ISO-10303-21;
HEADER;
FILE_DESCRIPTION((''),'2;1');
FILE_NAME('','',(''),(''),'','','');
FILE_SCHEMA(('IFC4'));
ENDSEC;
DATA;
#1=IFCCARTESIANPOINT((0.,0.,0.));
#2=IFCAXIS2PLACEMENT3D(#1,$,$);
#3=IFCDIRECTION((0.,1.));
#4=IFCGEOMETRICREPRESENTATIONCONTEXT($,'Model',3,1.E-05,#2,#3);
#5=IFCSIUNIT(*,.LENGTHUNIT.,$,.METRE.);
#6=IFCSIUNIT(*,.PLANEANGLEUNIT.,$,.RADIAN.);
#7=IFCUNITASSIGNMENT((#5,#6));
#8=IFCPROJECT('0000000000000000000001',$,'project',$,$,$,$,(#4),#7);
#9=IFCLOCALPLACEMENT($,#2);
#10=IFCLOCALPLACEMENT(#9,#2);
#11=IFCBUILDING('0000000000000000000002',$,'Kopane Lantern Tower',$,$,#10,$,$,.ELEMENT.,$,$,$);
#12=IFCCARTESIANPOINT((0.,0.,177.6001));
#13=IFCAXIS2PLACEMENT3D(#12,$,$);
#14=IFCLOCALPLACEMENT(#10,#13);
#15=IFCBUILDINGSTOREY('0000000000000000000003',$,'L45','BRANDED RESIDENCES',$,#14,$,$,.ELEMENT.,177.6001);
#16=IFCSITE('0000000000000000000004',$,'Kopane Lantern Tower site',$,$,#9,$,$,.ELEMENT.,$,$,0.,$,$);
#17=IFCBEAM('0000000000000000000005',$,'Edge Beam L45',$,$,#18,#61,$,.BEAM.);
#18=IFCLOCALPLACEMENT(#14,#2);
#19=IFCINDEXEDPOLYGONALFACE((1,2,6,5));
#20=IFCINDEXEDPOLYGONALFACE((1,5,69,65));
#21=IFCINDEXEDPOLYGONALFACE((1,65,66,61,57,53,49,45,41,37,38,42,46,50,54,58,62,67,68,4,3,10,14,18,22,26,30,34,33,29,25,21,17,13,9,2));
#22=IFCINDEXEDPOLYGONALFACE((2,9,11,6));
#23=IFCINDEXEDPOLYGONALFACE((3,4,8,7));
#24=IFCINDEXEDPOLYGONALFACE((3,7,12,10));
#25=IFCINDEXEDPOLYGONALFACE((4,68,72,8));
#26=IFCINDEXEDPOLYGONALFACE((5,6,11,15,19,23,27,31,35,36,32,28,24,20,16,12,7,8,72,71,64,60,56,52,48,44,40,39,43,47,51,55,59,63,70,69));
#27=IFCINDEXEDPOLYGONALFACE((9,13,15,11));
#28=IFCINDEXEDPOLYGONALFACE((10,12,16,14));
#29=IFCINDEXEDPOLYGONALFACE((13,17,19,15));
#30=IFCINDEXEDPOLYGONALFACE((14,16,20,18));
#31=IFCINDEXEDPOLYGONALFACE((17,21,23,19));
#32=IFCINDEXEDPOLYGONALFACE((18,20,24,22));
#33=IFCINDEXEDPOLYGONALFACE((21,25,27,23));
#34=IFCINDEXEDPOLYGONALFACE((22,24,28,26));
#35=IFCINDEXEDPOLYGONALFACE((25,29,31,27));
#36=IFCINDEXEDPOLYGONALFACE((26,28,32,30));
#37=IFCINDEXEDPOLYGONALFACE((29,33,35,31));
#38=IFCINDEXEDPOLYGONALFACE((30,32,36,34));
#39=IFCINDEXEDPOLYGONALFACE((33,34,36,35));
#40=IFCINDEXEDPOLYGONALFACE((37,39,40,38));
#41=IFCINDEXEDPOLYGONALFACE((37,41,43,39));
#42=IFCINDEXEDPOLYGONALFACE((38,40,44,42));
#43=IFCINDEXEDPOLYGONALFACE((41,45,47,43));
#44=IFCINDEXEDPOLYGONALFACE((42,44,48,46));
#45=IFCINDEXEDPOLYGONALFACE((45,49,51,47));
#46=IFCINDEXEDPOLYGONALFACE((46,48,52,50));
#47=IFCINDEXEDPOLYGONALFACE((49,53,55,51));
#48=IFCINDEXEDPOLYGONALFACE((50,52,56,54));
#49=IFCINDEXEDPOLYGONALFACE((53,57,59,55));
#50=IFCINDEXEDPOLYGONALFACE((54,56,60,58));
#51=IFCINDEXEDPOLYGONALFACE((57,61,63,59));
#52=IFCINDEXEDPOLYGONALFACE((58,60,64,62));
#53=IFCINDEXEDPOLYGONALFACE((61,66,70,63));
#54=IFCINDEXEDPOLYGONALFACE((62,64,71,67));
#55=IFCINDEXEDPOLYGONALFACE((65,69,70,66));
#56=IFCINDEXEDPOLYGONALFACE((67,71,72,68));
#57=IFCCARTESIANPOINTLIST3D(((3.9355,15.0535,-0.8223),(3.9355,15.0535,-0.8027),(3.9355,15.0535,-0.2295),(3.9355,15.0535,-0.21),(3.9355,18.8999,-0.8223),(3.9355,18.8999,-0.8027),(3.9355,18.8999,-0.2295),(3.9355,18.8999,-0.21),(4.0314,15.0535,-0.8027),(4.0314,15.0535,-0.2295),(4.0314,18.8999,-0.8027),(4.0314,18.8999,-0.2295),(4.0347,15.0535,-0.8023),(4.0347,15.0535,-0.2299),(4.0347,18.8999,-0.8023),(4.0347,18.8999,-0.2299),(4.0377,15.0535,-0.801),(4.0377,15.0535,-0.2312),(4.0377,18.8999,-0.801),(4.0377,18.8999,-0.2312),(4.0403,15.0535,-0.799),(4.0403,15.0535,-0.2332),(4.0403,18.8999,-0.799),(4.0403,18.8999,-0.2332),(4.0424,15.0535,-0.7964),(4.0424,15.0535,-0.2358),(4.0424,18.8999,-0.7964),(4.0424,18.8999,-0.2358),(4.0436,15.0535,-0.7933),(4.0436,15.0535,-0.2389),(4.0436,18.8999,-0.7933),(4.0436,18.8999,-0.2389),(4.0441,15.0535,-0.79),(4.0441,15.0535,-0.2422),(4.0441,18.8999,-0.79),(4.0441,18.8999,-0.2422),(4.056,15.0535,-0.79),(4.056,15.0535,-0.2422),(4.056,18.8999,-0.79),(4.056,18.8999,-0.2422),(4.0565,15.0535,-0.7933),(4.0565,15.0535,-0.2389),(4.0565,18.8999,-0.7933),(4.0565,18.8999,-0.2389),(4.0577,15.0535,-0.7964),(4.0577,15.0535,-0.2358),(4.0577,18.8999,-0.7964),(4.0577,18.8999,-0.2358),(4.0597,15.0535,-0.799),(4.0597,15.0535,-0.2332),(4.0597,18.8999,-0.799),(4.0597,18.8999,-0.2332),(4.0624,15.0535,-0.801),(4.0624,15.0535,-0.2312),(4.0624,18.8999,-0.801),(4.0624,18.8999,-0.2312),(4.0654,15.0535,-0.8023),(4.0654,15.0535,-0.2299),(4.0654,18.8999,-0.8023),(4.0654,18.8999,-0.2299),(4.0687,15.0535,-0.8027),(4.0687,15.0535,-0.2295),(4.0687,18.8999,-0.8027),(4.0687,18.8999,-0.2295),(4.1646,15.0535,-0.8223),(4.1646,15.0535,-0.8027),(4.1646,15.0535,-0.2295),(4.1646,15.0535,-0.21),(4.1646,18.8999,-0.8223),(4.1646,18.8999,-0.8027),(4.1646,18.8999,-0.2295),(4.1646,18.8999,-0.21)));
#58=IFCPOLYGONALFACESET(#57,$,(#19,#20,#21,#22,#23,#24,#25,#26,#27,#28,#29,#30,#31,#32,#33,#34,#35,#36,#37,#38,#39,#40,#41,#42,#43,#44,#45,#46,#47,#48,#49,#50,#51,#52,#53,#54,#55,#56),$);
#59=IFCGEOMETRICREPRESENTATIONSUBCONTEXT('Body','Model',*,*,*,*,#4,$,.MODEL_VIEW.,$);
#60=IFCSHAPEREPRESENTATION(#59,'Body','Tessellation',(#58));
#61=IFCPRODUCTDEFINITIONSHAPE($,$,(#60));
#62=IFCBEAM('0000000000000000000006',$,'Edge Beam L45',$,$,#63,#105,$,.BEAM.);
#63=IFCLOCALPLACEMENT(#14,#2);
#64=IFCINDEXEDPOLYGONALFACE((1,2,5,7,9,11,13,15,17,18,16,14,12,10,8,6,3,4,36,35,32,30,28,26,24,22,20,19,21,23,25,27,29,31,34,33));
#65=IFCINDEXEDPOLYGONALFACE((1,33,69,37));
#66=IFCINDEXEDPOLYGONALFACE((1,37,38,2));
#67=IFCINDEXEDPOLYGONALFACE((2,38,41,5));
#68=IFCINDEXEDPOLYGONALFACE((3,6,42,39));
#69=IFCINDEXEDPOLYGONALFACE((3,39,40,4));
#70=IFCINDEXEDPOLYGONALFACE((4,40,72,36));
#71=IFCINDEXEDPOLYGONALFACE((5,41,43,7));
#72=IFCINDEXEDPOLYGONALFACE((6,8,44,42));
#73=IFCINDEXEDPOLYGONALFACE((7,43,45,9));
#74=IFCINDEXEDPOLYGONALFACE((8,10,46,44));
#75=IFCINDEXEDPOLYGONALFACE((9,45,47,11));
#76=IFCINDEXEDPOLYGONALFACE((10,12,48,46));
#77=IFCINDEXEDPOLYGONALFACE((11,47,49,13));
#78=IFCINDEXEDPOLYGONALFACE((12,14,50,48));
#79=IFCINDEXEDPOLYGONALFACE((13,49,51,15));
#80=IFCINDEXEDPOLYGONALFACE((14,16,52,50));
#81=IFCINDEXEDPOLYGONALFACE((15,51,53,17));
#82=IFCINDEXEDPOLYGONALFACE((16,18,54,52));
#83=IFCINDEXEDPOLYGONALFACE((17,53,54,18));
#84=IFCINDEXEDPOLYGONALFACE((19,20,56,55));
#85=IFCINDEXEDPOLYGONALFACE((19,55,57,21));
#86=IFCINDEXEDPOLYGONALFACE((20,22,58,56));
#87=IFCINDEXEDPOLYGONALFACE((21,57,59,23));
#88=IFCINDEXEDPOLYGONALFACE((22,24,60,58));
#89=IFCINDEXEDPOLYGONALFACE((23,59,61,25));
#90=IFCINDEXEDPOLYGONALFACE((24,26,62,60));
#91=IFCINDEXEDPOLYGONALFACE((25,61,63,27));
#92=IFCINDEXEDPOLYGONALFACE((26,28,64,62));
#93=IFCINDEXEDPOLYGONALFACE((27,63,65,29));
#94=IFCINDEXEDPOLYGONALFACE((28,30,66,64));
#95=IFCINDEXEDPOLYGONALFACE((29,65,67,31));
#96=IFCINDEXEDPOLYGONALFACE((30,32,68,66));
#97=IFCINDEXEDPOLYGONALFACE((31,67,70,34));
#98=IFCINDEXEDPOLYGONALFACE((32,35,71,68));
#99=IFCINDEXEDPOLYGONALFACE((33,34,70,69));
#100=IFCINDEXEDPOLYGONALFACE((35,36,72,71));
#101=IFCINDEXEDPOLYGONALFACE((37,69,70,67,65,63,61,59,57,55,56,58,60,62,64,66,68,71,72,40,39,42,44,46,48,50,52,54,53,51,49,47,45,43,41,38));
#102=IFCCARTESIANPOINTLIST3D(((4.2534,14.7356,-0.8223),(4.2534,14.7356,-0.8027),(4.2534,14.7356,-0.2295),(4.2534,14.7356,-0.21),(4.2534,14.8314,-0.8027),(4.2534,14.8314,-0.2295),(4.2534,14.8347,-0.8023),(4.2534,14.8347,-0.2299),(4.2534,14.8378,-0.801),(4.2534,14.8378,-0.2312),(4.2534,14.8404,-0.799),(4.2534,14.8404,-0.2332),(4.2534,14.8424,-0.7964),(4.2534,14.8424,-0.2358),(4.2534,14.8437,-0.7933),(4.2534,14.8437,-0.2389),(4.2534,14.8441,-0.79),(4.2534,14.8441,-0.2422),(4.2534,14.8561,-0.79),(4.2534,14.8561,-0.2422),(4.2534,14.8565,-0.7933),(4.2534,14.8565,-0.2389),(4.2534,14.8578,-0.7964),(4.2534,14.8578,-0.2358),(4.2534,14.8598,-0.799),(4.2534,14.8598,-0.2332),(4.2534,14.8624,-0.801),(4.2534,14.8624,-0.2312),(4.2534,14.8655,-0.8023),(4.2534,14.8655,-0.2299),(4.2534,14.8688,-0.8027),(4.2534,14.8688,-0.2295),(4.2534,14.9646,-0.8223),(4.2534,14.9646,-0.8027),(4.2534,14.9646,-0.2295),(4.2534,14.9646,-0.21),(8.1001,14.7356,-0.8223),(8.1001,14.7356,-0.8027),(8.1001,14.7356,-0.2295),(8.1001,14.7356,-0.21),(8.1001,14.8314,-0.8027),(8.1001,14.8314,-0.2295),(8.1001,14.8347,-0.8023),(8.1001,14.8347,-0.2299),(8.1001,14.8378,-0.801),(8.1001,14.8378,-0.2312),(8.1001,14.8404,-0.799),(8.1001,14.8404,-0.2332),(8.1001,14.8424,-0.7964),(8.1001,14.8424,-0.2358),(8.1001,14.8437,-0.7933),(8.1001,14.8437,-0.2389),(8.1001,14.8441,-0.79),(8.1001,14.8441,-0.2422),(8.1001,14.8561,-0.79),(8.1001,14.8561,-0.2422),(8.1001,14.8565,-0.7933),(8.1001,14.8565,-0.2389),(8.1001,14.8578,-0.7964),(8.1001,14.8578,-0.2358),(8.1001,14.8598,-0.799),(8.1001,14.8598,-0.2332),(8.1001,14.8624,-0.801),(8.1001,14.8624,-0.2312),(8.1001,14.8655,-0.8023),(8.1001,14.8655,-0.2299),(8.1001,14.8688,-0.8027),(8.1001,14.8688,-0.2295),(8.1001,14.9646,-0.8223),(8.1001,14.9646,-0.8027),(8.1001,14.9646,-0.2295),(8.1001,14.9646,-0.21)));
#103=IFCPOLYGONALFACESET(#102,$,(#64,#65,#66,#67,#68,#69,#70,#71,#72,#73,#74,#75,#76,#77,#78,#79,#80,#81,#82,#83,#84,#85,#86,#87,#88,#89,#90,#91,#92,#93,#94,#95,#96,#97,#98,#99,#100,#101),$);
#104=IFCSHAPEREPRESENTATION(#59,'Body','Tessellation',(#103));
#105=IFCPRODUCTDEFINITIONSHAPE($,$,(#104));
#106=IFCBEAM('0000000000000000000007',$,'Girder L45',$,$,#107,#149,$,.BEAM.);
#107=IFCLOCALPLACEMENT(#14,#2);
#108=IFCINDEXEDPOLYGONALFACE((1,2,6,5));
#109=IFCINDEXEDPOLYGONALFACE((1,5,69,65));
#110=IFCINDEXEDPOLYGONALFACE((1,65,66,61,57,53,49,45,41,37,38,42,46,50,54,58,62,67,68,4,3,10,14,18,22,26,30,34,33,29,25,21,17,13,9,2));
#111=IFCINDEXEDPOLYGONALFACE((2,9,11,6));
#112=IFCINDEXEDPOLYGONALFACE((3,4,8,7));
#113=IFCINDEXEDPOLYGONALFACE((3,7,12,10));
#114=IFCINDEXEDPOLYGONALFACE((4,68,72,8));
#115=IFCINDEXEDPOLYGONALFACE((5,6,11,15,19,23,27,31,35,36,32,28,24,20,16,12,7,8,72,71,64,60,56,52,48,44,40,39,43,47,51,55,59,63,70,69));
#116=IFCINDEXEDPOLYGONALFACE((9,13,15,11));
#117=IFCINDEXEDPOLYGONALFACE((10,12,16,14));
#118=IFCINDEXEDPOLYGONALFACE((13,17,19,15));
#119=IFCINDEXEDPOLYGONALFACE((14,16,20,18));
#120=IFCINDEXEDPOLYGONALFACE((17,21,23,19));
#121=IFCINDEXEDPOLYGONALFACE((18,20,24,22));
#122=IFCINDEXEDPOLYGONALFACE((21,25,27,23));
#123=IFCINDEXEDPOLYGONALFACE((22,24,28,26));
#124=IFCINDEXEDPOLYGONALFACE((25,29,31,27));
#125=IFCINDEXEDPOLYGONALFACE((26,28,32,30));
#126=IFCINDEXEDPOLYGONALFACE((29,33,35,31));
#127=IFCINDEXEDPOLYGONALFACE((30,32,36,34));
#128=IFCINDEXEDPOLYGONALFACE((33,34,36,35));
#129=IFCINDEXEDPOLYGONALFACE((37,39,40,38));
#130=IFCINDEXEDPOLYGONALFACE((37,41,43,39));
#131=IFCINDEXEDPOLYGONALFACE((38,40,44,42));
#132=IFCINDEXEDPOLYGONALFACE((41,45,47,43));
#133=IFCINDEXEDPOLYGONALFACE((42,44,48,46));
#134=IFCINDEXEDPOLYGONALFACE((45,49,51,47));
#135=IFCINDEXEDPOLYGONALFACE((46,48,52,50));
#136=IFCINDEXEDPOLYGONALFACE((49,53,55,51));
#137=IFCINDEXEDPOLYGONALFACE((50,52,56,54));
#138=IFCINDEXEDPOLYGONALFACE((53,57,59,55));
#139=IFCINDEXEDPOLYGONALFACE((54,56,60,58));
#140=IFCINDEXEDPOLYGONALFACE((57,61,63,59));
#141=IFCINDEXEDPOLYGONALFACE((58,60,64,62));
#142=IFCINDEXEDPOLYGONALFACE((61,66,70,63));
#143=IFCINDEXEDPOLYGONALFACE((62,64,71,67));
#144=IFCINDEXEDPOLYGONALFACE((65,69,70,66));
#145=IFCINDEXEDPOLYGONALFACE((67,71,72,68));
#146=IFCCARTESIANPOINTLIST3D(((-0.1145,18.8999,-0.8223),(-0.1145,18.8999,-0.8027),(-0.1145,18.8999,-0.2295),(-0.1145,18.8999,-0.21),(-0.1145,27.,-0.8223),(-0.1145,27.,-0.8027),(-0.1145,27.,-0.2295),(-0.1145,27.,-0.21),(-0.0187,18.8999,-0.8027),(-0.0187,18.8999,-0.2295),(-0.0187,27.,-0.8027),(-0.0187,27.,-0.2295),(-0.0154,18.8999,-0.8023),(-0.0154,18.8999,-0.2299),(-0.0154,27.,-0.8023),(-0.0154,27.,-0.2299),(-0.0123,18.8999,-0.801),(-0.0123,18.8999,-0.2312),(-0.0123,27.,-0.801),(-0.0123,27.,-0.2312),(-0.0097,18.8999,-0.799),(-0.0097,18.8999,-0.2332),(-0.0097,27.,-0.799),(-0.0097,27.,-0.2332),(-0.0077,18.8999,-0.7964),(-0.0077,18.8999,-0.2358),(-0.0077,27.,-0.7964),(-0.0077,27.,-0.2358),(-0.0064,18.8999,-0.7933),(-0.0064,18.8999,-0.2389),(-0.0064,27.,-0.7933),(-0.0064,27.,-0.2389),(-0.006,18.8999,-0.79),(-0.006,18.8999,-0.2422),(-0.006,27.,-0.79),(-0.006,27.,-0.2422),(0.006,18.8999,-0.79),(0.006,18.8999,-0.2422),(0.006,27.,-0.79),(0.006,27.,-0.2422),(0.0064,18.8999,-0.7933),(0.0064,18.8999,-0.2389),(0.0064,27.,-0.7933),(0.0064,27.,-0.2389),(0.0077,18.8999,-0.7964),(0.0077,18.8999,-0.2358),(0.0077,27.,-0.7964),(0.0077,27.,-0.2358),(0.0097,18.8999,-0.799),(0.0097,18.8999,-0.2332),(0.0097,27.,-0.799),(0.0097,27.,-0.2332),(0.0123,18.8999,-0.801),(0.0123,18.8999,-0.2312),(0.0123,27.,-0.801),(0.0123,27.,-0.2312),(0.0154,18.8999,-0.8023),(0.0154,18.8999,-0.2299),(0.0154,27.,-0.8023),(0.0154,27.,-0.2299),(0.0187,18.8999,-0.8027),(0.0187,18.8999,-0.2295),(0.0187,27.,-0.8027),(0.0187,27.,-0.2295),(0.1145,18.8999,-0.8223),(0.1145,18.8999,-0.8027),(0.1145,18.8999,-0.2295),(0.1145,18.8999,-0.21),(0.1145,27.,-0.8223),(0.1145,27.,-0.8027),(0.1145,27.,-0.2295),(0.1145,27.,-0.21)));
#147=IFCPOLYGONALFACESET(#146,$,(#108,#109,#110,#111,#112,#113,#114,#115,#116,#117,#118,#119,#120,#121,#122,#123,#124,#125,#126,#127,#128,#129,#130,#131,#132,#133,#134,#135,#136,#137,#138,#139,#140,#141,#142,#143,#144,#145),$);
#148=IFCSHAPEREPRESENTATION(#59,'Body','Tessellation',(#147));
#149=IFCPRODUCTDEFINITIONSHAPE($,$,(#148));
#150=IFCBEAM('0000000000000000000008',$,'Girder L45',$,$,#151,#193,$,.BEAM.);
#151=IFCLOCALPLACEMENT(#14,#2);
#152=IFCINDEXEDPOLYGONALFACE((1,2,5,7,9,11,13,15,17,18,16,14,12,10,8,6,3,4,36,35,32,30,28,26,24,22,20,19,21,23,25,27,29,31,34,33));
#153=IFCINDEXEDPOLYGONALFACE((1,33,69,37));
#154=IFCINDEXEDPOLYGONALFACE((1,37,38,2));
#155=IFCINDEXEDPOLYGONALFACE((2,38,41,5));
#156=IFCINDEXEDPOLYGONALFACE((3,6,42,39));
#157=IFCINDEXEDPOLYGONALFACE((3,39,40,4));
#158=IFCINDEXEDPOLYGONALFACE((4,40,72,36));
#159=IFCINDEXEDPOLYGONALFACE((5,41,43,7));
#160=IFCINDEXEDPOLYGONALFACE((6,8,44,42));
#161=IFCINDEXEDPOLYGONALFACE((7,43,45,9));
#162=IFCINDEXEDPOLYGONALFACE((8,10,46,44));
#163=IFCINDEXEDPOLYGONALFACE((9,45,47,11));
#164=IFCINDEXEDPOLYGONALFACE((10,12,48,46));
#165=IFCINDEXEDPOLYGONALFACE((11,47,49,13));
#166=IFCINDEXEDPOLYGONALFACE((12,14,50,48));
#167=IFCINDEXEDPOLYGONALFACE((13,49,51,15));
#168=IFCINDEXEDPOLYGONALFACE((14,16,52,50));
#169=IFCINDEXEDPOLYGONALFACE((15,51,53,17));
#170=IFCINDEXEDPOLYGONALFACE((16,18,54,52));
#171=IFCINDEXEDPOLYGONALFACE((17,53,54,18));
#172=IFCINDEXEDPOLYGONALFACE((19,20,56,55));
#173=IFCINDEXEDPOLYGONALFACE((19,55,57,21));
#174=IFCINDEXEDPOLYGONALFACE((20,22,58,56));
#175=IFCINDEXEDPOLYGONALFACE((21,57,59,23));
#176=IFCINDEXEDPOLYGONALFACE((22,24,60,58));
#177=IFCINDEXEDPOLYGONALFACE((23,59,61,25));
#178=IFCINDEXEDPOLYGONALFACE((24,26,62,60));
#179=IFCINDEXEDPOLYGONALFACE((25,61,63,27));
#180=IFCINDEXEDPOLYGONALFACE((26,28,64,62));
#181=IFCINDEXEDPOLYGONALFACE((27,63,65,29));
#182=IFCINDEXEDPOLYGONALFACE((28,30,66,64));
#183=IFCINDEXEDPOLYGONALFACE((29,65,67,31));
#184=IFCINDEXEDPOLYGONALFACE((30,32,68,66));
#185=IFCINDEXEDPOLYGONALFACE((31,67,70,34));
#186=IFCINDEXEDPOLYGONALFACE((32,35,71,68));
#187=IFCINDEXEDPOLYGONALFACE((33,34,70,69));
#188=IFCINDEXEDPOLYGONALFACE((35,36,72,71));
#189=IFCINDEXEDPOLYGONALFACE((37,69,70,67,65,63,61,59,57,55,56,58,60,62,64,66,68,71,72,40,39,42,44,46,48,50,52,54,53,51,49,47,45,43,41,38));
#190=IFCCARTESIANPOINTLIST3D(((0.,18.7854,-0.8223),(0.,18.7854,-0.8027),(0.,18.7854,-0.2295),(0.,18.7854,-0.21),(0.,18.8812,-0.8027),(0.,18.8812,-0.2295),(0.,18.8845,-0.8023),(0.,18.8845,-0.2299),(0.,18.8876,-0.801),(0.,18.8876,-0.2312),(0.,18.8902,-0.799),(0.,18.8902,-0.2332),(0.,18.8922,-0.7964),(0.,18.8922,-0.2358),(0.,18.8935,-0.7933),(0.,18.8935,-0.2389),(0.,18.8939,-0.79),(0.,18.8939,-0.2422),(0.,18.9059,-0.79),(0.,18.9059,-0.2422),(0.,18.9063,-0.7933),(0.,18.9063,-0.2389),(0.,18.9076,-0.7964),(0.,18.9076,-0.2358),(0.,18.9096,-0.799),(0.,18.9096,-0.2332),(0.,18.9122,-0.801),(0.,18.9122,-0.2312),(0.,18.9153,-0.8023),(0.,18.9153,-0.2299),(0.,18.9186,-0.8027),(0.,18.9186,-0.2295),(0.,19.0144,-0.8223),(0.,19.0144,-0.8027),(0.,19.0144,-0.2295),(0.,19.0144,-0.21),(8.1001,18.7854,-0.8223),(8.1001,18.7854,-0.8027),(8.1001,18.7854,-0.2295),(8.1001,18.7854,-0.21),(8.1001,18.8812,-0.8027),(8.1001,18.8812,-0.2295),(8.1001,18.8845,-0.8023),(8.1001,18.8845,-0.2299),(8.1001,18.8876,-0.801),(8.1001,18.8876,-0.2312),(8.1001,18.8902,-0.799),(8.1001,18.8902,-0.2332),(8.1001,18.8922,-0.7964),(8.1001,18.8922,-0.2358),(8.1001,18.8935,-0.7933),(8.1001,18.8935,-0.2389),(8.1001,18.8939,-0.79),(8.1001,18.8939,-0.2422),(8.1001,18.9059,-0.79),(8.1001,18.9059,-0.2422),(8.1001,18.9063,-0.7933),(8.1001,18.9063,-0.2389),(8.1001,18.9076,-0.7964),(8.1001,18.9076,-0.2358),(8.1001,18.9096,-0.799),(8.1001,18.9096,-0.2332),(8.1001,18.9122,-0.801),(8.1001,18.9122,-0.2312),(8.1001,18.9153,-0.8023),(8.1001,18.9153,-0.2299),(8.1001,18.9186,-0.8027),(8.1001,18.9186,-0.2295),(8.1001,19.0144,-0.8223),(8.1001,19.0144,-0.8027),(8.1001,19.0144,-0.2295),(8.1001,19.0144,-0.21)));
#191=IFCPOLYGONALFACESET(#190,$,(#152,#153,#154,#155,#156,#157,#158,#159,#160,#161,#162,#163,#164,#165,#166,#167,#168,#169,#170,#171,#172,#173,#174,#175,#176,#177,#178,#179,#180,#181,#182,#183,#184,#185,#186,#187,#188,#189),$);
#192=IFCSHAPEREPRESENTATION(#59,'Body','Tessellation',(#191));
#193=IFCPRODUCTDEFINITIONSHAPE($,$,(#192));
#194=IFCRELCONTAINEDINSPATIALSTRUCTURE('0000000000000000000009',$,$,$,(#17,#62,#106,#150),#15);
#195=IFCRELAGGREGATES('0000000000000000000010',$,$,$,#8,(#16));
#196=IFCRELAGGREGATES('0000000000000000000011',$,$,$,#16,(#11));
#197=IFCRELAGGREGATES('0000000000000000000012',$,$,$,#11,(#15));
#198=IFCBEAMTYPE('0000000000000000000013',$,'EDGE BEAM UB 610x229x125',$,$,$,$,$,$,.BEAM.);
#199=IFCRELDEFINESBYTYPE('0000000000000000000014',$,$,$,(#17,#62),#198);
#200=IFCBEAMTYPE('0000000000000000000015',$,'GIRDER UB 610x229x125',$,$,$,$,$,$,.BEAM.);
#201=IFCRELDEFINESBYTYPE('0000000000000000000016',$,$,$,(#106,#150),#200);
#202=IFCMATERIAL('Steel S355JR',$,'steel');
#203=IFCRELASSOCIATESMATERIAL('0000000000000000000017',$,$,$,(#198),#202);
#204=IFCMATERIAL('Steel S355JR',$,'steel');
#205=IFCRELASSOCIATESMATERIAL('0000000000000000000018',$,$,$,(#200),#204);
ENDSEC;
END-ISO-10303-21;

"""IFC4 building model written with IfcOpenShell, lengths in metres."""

from ifc_helpers import new_model, si_unit, direction, frame, origin, origin_2d, place, context, subcontext, project, spatial, i_section, extrude, material, material_profile, profile_set, type_object, element, save


model = new_model("IFC4")

# Units and contexts
model_context = context("Model", 3, precision=1e-05, world=origin(), true_north=direction((0.0, 1.0)))
body_context = subcontext(model_context, "Body", "Model", "MODEL_VIEW")
ifc_project = project(units=[si_unit("LENGTHUNIT", "METRE"), si_unit("PLANEANGLEUNIT", "RADIAN")], contexts=[model_context])

# Site, building, storey
site_placement = place(None, origin())
site = spatial("IfcSite", under=ifc_project, at=site_placement, Name="Kopane Lantern Tower site", CompositionType="ELEMENT", RefElevation=0.0)
building_placement = place(site_placement, origin())
building = spatial("IfcBuilding", under=site, at=building_placement, Name="Kopane Lantern Tower", CompositionType="ELEMENT")
storey_placement = place(building_placement, frame((0.0, 0.0, 177.6001)))
storey = spatial("IfcBuildingStorey", under=building, at=storey_placement, Name="L45", Description="BRANDED RESIDENCES", CompositionType="ELEMENT", Elevation=177.6001)

# Beams
ifc_material_1 = material(Name="Steel S355JR", Category="steel")
ifc_material_profile_1 = material_profile(ifc_material_1, i_section(OverallWidth=0.229, OverallDepth=0.6123, WebThickness=0.012, FlangeThickness=0.0195, FilletRadius=0.0127, at=origin_2d()), Name="UB 610x229x125")
ifc_profile_set_1 = profile_set([ifc_material_profile_1], Name="Steel S355JR")
beam_type_1 = type_object("IfcBeamType", Name="EDGE BEAM UB 610x229x125", PredefinedType="BEAM", material=ifc_profile_set_1)
beam_1_placement = place(storey_placement, frame((4.05, 15.0535, -0.5161), z_axis=(0.0, 1.0, 0.0), x_axis=(-1.0, 0.0, 0.0)))
element("IfcBeam", 1, at=beam_1_placement, inside=storey, type_object=beam_type_1, Name="Edge Beam L45", PredefinedType="BEAM", context=body_context, shape_type="SweptSolid", body=[
    extrude(i_section(OverallWidth=0.229, OverallDepth=0.6123, WebThickness=0.012, FlangeThickness=0.0195, FilletRadius=0.0127, at=origin_2d()), origin(), (0.0, 0.0, 1.0), 3.8464),
])
beam_2_placement = place(storey_placement, frame((4.2534, 14.8501, -0.5161), z_axis=(1.0, 0.0, 0.0), x_axis=(0.0, 1.0, 0.0)))
element("IfcBeam", 2, at=beam_2_placement, inside=storey, type_object=beam_type_1, Name="Edge Beam L45", PredefinedType="BEAM", context=body_context, shape_type="SweptSolid", body=[
    extrude(i_section(OverallWidth=0.229, OverallDepth=0.6123, WebThickness=0.012, FlangeThickness=0.0195, FilletRadius=0.0127, at=origin_2d()), origin(), (0.0, 0.0, 1.0), 3.8467),
])
ifc_material_2 = material(Name="Steel S355JR", Category="steel")
ifc_material_profile_2 = material_profile(ifc_material_2, i_section(OverallWidth=0.229, OverallDepth=0.6123, WebThickness=0.012, FlangeThickness=0.0195, FilletRadius=0.0127, at=origin_2d()), Name="UB 610x229x125")
ifc_profile_set_2 = profile_set([ifc_material_profile_2], Name="Steel S355JR")
beam_type_2 = type_object("IfcBeamType", Name="GIRDER UB 610x229x125", PredefinedType="BEAM", material=ifc_profile_set_2)
for number, where, z_axis, x_axis, name in (
    (3, (0.0, 18.8999, -0.5161), (0.0, 1.0, 0.0), (-1.0, 0.0, 0.0), "Girder L45"),
    (4, (0.0, 18.8999, -0.5161), (1.0, 0.0, 0.0), (0.0, 1.0, 0.0), "Girder L45"),
):
    element("IfcBeam", number, at=place(storey_placement, frame(where, z_axis=z_axis, x_axis=x_axis)), inside=storey, type_object=beam_type_2, Name=name, PredefinedType="BEAM", context=body_context, shape_type="SweptSolid", body=[
        extrude(i_section(OverallWidth=0.229, OverallDepth=0.6123, WebThickness=0.012, FlangeThickness=0.0195, FilletRadius=0.0127, at=origin_2d()), origin(), (0.0, 0.0, 1.0), 8.1001),
    ])

save(model, "model.ifc")
